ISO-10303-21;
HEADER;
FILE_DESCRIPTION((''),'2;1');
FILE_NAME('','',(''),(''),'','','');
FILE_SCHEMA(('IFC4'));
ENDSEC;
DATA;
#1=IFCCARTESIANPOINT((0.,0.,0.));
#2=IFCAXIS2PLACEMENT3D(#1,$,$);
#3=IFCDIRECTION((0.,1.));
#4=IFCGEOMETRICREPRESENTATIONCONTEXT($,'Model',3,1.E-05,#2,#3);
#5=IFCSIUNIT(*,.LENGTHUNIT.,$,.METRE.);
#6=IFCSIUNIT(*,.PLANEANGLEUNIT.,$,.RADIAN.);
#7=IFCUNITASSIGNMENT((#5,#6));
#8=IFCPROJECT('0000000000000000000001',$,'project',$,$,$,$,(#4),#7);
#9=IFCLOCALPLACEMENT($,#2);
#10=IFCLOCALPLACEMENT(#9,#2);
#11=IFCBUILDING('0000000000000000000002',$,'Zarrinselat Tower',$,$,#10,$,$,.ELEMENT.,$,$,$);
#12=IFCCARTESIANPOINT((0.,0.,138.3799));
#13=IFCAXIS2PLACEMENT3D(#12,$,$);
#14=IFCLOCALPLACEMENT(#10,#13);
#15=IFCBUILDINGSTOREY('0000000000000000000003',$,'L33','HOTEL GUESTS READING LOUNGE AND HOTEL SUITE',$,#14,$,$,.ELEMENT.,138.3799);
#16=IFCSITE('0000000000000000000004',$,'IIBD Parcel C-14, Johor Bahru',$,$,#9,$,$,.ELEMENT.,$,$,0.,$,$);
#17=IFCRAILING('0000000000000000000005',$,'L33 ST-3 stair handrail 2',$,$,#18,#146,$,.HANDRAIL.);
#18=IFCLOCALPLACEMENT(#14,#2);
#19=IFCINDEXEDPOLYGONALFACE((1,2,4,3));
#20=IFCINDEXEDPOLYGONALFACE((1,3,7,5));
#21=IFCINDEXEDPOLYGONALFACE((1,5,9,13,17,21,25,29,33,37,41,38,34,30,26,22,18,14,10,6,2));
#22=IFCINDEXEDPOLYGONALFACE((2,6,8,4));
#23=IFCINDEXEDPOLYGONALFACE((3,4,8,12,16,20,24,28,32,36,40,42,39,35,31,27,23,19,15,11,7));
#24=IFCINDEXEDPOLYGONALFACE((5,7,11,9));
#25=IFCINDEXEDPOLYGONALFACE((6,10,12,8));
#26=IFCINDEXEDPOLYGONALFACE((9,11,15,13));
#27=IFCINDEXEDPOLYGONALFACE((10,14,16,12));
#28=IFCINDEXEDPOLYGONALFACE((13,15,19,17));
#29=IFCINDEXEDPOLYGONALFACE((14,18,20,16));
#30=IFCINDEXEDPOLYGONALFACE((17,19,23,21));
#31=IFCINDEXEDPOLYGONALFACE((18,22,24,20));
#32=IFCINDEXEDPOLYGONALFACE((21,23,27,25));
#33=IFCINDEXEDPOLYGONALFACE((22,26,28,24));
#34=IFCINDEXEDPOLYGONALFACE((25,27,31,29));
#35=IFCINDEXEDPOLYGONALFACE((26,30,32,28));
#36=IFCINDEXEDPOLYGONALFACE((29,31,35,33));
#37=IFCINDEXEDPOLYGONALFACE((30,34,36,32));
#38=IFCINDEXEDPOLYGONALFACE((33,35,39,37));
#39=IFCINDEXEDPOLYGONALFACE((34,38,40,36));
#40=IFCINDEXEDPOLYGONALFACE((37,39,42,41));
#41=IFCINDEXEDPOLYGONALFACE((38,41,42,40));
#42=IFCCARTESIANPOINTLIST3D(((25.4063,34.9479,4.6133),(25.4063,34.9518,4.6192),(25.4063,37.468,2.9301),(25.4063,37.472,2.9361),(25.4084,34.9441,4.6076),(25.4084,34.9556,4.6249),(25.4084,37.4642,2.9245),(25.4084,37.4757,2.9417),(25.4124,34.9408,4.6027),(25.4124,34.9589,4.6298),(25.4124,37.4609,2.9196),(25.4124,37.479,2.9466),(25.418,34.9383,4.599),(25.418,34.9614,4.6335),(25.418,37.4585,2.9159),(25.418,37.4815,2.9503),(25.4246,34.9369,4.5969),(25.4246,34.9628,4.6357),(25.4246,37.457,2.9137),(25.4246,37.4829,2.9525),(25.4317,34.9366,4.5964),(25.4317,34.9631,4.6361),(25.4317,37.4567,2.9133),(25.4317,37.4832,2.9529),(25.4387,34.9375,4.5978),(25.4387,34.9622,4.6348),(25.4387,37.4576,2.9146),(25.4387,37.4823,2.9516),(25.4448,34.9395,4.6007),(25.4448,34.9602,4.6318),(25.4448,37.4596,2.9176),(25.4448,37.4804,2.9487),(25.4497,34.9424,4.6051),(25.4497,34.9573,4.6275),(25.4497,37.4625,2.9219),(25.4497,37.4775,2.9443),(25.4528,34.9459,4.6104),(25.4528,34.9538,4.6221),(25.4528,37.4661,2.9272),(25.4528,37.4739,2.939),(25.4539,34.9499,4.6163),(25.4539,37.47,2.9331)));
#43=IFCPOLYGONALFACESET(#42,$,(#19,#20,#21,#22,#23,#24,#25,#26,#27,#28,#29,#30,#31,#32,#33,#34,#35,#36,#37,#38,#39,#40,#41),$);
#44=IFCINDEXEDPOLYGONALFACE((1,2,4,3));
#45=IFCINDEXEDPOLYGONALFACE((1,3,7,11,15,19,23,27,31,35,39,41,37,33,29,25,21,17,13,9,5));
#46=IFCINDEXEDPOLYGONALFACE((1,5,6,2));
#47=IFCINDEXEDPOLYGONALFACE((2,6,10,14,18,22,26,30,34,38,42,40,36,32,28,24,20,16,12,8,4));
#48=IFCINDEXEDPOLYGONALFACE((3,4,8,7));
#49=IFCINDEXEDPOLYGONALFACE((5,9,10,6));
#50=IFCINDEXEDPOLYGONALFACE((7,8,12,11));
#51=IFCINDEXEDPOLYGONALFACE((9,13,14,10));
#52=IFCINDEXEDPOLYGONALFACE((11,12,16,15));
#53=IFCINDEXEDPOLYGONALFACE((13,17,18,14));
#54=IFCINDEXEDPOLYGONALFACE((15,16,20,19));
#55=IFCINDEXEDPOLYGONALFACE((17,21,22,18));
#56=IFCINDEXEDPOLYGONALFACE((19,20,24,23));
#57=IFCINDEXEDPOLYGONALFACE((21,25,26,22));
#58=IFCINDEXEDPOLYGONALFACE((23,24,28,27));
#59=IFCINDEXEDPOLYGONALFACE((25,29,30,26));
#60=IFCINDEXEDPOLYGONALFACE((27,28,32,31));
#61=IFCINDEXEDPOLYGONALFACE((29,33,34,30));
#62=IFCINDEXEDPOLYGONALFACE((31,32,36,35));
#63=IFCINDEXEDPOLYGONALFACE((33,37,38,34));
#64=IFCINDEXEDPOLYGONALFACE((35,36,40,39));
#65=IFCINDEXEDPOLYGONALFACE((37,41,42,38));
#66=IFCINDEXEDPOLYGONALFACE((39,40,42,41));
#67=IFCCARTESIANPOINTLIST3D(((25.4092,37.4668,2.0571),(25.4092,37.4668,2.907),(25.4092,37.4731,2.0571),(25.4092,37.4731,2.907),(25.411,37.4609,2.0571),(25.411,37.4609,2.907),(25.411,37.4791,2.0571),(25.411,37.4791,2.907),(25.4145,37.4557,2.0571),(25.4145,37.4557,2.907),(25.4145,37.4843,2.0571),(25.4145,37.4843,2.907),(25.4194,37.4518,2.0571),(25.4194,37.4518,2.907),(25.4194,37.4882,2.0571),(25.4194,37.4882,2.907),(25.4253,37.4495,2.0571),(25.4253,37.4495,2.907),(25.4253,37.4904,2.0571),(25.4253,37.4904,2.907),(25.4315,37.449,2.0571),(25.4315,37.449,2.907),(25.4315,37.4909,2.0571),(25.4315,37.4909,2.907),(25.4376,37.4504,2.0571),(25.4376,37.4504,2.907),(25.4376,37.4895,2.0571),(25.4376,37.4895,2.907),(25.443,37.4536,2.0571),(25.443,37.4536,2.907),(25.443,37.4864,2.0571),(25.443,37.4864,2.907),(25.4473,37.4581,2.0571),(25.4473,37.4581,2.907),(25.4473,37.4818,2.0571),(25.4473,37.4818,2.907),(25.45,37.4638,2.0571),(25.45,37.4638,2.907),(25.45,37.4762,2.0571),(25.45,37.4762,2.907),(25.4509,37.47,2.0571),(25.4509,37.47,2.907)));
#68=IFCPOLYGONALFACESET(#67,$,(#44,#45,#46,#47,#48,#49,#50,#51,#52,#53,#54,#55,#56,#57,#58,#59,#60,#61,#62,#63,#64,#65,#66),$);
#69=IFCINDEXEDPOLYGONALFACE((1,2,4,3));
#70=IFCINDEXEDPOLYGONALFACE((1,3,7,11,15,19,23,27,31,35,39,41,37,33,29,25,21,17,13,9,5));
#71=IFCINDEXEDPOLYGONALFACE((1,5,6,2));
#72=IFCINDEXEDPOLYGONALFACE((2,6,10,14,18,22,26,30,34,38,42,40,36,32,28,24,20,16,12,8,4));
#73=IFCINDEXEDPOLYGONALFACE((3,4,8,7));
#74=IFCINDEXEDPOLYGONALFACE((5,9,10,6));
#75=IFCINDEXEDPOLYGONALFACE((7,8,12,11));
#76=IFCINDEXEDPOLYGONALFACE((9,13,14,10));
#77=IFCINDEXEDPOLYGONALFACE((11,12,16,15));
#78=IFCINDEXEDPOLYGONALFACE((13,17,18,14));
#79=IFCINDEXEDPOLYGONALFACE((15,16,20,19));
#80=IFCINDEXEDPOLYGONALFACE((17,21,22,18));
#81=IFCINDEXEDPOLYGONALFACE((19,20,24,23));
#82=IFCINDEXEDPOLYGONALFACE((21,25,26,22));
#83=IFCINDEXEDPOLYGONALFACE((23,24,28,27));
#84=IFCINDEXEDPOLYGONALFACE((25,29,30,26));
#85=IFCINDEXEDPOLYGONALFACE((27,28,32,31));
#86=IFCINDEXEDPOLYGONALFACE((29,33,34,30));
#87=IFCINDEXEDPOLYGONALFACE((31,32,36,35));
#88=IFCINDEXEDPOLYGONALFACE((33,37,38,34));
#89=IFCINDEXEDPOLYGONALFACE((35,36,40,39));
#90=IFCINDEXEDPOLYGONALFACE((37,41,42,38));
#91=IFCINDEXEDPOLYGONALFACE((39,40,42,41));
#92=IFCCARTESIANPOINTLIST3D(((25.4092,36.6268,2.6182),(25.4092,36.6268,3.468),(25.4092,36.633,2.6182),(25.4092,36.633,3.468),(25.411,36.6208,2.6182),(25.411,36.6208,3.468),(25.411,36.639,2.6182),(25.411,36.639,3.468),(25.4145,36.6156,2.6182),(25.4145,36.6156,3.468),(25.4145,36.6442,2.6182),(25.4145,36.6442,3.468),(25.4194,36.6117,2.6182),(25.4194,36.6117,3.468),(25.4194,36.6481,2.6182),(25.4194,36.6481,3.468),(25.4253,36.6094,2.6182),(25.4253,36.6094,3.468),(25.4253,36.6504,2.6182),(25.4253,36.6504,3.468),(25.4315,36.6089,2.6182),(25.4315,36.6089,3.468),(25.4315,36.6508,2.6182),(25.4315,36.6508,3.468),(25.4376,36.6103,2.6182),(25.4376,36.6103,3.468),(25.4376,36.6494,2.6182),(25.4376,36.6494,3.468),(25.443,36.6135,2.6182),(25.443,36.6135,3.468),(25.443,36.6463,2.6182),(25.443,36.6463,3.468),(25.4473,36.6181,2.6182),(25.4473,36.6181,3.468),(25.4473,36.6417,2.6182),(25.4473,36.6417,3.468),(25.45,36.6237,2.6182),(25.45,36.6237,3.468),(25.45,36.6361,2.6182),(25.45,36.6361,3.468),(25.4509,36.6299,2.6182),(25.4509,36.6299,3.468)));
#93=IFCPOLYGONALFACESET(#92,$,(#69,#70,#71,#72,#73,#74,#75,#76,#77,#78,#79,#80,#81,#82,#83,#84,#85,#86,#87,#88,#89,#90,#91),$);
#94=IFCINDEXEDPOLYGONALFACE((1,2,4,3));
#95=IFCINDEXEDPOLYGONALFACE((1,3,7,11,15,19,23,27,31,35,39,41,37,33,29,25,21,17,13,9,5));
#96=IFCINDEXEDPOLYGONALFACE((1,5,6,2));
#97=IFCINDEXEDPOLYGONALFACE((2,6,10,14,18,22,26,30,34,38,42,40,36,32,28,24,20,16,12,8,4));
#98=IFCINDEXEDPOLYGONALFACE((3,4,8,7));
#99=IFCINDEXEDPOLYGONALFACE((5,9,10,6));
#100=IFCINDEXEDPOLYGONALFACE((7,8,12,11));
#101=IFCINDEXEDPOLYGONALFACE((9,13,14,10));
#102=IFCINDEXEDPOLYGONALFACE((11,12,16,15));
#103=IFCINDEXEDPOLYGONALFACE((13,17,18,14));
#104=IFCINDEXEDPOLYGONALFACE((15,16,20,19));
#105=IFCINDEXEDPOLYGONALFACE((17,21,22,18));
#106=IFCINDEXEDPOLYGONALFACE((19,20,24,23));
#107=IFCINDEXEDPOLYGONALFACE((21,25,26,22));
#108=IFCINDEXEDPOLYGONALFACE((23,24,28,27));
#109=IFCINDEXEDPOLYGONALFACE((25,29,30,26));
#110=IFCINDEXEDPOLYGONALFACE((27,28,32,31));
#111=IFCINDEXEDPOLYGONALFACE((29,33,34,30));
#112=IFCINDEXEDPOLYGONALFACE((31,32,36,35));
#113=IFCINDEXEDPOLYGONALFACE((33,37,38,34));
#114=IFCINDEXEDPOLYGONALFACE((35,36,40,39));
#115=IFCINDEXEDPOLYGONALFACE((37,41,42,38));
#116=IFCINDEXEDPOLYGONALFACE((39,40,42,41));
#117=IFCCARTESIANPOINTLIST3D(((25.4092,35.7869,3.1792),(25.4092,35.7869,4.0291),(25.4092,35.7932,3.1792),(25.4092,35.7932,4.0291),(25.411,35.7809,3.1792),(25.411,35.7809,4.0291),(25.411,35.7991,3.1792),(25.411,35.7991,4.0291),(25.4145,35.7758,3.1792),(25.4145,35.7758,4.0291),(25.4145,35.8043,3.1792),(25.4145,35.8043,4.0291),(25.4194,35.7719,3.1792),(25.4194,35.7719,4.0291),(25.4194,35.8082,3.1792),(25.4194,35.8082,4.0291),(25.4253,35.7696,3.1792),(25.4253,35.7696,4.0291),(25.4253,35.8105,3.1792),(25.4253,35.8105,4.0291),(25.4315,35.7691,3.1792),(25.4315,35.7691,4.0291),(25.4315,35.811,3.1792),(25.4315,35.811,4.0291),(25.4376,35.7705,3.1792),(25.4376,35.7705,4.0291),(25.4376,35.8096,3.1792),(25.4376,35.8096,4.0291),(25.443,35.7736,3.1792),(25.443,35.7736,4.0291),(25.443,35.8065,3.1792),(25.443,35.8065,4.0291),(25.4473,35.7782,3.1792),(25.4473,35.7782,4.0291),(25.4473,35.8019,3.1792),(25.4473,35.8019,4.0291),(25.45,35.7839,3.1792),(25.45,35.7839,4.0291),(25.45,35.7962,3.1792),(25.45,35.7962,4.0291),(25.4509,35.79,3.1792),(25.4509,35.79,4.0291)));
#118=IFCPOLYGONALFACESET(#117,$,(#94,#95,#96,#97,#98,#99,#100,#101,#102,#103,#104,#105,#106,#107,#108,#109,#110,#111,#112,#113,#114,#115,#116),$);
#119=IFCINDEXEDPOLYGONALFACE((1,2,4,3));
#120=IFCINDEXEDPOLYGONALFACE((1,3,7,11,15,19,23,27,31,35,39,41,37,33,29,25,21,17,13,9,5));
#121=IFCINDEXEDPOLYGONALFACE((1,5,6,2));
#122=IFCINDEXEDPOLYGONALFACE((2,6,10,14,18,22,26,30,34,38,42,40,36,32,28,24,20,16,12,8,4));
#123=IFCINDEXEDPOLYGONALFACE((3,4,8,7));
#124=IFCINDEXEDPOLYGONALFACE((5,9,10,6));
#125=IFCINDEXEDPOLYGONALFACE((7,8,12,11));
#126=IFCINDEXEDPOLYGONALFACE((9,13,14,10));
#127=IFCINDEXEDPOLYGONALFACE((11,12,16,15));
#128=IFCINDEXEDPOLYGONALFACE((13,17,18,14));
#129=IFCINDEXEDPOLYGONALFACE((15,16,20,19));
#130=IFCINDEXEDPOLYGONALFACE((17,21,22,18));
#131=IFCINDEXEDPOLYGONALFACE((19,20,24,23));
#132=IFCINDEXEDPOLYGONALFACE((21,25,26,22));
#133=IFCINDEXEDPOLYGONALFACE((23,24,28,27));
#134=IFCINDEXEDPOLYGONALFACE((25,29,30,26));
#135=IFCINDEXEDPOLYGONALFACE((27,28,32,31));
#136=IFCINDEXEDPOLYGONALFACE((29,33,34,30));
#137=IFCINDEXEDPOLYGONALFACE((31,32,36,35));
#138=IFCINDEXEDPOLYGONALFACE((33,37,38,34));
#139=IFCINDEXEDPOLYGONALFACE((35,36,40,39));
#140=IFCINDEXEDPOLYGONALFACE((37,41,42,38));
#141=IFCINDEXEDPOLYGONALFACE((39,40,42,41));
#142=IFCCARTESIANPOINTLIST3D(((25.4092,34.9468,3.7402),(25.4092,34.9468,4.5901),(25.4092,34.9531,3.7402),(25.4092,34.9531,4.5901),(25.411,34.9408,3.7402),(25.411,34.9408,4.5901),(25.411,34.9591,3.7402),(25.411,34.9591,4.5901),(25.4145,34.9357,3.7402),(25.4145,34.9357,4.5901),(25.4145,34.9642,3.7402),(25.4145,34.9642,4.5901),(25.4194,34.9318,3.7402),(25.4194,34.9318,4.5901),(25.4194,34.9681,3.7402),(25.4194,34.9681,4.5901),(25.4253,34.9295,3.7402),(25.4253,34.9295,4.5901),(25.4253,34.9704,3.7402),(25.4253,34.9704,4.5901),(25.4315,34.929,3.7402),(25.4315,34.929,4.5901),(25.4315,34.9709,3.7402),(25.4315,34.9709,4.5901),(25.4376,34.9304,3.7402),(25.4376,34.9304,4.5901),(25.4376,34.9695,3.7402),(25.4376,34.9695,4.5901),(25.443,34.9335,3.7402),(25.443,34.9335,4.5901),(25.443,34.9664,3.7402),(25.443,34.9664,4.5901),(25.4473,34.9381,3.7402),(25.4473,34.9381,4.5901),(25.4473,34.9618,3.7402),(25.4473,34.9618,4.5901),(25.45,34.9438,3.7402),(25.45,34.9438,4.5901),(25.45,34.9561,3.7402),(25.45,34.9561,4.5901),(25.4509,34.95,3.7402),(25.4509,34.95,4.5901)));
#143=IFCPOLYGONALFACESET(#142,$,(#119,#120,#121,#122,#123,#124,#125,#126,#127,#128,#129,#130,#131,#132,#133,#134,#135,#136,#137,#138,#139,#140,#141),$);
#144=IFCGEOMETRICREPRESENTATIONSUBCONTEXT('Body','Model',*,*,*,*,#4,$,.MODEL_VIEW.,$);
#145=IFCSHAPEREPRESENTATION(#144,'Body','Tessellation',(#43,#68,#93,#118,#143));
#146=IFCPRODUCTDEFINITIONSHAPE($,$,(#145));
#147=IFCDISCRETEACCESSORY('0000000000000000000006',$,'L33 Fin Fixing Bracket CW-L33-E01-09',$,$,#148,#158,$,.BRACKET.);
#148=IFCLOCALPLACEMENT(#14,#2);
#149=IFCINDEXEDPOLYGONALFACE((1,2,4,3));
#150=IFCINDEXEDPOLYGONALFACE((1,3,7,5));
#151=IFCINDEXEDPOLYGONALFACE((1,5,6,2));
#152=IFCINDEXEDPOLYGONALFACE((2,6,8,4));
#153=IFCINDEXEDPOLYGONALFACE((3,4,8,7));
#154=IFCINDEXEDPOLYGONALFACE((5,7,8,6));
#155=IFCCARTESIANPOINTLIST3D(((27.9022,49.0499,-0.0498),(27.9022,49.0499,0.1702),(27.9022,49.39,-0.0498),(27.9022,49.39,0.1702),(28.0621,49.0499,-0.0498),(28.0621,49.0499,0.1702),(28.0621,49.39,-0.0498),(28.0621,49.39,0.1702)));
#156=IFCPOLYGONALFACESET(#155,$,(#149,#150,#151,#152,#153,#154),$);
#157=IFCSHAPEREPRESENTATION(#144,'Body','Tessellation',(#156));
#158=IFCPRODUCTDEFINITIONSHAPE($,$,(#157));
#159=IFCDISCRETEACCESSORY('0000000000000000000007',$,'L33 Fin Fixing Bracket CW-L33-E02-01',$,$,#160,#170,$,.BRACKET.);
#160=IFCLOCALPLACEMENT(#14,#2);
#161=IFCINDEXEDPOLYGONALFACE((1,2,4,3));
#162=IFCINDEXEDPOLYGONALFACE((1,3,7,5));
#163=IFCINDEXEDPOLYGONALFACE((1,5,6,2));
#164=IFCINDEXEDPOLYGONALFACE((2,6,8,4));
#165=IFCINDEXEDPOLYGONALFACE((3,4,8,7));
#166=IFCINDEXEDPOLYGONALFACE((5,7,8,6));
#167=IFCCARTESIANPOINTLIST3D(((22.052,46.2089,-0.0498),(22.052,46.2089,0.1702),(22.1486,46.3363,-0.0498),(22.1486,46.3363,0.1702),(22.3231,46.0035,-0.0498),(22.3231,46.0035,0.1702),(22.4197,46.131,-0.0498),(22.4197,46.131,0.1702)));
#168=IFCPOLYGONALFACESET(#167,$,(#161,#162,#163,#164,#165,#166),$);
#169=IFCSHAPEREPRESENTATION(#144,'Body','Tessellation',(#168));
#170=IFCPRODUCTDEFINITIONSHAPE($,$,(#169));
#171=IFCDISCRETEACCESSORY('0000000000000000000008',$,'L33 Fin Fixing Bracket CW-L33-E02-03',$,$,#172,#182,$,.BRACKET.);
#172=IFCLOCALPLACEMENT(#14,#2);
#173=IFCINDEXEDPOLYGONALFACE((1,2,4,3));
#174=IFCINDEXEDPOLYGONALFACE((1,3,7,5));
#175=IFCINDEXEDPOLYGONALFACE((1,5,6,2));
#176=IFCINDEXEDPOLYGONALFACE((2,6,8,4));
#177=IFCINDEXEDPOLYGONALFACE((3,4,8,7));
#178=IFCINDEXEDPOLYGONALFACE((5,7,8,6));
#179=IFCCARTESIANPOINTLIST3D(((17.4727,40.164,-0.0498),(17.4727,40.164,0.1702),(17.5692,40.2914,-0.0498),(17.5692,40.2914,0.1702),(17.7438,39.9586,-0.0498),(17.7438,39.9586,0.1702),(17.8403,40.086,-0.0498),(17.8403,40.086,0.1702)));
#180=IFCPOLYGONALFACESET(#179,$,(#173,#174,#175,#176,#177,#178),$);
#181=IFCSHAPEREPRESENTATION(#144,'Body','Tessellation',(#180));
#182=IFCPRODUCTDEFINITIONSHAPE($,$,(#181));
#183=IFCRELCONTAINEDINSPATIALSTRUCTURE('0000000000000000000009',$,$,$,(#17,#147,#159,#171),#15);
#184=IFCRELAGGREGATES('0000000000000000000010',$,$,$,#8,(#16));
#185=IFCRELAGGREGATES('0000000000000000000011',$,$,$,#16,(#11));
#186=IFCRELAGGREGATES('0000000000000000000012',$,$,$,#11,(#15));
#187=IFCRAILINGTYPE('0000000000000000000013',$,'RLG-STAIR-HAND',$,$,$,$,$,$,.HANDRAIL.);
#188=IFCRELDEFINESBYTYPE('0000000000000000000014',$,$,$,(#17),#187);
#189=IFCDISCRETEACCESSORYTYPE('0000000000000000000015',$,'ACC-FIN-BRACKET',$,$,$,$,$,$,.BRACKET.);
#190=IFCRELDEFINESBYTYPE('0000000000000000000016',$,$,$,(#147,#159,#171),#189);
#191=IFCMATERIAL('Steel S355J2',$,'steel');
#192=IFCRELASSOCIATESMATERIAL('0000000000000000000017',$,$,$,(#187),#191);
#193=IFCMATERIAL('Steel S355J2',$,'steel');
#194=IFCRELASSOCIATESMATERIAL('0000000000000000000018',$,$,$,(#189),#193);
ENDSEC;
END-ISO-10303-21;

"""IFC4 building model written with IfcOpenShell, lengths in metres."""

from ifc_helpers import new_model, si_unit, direction, frame, origin, origin_2d, place, context, subcontext, project, spatial, rectangle, circle, extrude, material, type_object, element, save


model = new_model("IFC4")

# Units and contexts
model_context = context("Model", 3, precision=1e-05, world=origin(), true_north=direction((0.0, 1.0)))
body_context = subcontext(model_context, "Body", "Model", "MODEL_VIEW")
ifc_project = project(units=[si_unit("LENGTHUNIT", "METRE"), si_unit("PLANEANGLEUNIT", "RADIAN")], contexts=[model_context])

# Site, building, storey
site_placement = place(None, origin())
site = spatial("IfcSite", under=ifc_project, at=site_placement, Name="IIBD Parcel C-14, Johor Bahru", CompositionType="ELEMENT", RefElevation=0.0)
building_placement = place(site_placement, origin())
building = spatial("IfcBuilding", under=site, at=building_placement, Name="Zarrinselat Tower", CompositionType="ELEMENT")
storey_placement = place(building_placement, frame((0.0, 0.0, 138.3799)))
storey = spatial("IfcBuildingStorey", under=building, at=storey_placement, Name="L33", Description="HOTEL GUESTS READING LOUNGE AND HOTEL SUITE", CompositionType="ELEMENT", Elevation=138.3799)

# Railing
ifc_material_1 = material(Name="Steel S355J2", Category="steel")
railing_type_1 = type_object("IfcRailingType", Name="RLG-STAIR-HAND", PredefinedType="HANDRAIL", material=ifc_material_1)
railing_1_placement = place(storey_placement, frame((25.4299, 37.47, 2.0571)))
element("IfcRailing", 1, at=railing_1_placement, inside=storey, type_object=railing_type_1, Name="L33 ST-3 stair handrail 2", PredefinedType="HANDRAIL", context=body_context, shape_type="SweptSolid", body=[
    extrude(circle(Radius=0.0239, at=origin_2d()), frame((0.0, 0.0, 0.876), z_axis=(0.0, -0.831579, 0.555406), x_axis=(1.0, 0.0, 0.0)), (0.0, 0.0, 1.0), 3.0305),
    extrude(circle(Radius=0.021, at=origin_2d()), origin(), (0.0, 0.0, 1.0), 0.8499),
    extrude(circle(Radius=0.021, at=origin_2d()), frame((0.0, -0.8401, 0.561)), (0.0, 0.0, 1.0), 0.8499),
    extrude(circle(Radius=0.021, at=origin_2d()), frame((0.0, -1.6799, 1.1221)), (0.0, 0.0, 1.0), 0.8499),
    extrude(circle(Radius=0.021, at=origin_2d()), frame((0.0, -2.52, 1.6831)), (0.0, 0.0, 1.0), 0.8499),
])

# Discrete accessories
ifc_material_2 = material(Name="Steel S355J2", Category="steel")
discrete_accessory_type = type_object("IfcDiscreteAccessoryType", Name="ACC-FIN-BRACKET", PredefinedType="BRACKET", material=ifc_material_2)
for number, where, z_axis, x_axis, name in (
    (2, (27.9822, 49.22, -0.0498), (0.0, 0.0, 1.0), (0.0, 1.0, 0.0), "L33 Fin Fixing Bracket CW-L33-E01-09"),
    (3, (22.2358, 46.1699, -0.0498), (0.0, 0.0, 1.0), (-0.797091, 0.603859, 0.0), "L33 Fin Fixing Bracket CW-L33-E02-01"),
    (4, (17.6565, 40.125, -0.0498), (0.0, 0.0, 1.0), (-0.797091, 0.603859, 0.0), "L33 Fin Fixing Bracket CW-L33-E02-03"),
):
    element("IfcDiscreteAccessory", number, at=place(storey_placement, frame(where, z_axis=z_axis, x_axis=x_axis)), inside=storey, type_object=discrete_accessory_type, Name=name, PredefinedType="BRACKET", context=body_context, shape_type="SweptSolid", body=[
        extrude(rectangle(XDim=0.3401, YDim=0.1599, at=origin_2d()), origin(), (0.0, 0.0, 1.0), 0.22),
    ])

save(model, "model.ifc")
